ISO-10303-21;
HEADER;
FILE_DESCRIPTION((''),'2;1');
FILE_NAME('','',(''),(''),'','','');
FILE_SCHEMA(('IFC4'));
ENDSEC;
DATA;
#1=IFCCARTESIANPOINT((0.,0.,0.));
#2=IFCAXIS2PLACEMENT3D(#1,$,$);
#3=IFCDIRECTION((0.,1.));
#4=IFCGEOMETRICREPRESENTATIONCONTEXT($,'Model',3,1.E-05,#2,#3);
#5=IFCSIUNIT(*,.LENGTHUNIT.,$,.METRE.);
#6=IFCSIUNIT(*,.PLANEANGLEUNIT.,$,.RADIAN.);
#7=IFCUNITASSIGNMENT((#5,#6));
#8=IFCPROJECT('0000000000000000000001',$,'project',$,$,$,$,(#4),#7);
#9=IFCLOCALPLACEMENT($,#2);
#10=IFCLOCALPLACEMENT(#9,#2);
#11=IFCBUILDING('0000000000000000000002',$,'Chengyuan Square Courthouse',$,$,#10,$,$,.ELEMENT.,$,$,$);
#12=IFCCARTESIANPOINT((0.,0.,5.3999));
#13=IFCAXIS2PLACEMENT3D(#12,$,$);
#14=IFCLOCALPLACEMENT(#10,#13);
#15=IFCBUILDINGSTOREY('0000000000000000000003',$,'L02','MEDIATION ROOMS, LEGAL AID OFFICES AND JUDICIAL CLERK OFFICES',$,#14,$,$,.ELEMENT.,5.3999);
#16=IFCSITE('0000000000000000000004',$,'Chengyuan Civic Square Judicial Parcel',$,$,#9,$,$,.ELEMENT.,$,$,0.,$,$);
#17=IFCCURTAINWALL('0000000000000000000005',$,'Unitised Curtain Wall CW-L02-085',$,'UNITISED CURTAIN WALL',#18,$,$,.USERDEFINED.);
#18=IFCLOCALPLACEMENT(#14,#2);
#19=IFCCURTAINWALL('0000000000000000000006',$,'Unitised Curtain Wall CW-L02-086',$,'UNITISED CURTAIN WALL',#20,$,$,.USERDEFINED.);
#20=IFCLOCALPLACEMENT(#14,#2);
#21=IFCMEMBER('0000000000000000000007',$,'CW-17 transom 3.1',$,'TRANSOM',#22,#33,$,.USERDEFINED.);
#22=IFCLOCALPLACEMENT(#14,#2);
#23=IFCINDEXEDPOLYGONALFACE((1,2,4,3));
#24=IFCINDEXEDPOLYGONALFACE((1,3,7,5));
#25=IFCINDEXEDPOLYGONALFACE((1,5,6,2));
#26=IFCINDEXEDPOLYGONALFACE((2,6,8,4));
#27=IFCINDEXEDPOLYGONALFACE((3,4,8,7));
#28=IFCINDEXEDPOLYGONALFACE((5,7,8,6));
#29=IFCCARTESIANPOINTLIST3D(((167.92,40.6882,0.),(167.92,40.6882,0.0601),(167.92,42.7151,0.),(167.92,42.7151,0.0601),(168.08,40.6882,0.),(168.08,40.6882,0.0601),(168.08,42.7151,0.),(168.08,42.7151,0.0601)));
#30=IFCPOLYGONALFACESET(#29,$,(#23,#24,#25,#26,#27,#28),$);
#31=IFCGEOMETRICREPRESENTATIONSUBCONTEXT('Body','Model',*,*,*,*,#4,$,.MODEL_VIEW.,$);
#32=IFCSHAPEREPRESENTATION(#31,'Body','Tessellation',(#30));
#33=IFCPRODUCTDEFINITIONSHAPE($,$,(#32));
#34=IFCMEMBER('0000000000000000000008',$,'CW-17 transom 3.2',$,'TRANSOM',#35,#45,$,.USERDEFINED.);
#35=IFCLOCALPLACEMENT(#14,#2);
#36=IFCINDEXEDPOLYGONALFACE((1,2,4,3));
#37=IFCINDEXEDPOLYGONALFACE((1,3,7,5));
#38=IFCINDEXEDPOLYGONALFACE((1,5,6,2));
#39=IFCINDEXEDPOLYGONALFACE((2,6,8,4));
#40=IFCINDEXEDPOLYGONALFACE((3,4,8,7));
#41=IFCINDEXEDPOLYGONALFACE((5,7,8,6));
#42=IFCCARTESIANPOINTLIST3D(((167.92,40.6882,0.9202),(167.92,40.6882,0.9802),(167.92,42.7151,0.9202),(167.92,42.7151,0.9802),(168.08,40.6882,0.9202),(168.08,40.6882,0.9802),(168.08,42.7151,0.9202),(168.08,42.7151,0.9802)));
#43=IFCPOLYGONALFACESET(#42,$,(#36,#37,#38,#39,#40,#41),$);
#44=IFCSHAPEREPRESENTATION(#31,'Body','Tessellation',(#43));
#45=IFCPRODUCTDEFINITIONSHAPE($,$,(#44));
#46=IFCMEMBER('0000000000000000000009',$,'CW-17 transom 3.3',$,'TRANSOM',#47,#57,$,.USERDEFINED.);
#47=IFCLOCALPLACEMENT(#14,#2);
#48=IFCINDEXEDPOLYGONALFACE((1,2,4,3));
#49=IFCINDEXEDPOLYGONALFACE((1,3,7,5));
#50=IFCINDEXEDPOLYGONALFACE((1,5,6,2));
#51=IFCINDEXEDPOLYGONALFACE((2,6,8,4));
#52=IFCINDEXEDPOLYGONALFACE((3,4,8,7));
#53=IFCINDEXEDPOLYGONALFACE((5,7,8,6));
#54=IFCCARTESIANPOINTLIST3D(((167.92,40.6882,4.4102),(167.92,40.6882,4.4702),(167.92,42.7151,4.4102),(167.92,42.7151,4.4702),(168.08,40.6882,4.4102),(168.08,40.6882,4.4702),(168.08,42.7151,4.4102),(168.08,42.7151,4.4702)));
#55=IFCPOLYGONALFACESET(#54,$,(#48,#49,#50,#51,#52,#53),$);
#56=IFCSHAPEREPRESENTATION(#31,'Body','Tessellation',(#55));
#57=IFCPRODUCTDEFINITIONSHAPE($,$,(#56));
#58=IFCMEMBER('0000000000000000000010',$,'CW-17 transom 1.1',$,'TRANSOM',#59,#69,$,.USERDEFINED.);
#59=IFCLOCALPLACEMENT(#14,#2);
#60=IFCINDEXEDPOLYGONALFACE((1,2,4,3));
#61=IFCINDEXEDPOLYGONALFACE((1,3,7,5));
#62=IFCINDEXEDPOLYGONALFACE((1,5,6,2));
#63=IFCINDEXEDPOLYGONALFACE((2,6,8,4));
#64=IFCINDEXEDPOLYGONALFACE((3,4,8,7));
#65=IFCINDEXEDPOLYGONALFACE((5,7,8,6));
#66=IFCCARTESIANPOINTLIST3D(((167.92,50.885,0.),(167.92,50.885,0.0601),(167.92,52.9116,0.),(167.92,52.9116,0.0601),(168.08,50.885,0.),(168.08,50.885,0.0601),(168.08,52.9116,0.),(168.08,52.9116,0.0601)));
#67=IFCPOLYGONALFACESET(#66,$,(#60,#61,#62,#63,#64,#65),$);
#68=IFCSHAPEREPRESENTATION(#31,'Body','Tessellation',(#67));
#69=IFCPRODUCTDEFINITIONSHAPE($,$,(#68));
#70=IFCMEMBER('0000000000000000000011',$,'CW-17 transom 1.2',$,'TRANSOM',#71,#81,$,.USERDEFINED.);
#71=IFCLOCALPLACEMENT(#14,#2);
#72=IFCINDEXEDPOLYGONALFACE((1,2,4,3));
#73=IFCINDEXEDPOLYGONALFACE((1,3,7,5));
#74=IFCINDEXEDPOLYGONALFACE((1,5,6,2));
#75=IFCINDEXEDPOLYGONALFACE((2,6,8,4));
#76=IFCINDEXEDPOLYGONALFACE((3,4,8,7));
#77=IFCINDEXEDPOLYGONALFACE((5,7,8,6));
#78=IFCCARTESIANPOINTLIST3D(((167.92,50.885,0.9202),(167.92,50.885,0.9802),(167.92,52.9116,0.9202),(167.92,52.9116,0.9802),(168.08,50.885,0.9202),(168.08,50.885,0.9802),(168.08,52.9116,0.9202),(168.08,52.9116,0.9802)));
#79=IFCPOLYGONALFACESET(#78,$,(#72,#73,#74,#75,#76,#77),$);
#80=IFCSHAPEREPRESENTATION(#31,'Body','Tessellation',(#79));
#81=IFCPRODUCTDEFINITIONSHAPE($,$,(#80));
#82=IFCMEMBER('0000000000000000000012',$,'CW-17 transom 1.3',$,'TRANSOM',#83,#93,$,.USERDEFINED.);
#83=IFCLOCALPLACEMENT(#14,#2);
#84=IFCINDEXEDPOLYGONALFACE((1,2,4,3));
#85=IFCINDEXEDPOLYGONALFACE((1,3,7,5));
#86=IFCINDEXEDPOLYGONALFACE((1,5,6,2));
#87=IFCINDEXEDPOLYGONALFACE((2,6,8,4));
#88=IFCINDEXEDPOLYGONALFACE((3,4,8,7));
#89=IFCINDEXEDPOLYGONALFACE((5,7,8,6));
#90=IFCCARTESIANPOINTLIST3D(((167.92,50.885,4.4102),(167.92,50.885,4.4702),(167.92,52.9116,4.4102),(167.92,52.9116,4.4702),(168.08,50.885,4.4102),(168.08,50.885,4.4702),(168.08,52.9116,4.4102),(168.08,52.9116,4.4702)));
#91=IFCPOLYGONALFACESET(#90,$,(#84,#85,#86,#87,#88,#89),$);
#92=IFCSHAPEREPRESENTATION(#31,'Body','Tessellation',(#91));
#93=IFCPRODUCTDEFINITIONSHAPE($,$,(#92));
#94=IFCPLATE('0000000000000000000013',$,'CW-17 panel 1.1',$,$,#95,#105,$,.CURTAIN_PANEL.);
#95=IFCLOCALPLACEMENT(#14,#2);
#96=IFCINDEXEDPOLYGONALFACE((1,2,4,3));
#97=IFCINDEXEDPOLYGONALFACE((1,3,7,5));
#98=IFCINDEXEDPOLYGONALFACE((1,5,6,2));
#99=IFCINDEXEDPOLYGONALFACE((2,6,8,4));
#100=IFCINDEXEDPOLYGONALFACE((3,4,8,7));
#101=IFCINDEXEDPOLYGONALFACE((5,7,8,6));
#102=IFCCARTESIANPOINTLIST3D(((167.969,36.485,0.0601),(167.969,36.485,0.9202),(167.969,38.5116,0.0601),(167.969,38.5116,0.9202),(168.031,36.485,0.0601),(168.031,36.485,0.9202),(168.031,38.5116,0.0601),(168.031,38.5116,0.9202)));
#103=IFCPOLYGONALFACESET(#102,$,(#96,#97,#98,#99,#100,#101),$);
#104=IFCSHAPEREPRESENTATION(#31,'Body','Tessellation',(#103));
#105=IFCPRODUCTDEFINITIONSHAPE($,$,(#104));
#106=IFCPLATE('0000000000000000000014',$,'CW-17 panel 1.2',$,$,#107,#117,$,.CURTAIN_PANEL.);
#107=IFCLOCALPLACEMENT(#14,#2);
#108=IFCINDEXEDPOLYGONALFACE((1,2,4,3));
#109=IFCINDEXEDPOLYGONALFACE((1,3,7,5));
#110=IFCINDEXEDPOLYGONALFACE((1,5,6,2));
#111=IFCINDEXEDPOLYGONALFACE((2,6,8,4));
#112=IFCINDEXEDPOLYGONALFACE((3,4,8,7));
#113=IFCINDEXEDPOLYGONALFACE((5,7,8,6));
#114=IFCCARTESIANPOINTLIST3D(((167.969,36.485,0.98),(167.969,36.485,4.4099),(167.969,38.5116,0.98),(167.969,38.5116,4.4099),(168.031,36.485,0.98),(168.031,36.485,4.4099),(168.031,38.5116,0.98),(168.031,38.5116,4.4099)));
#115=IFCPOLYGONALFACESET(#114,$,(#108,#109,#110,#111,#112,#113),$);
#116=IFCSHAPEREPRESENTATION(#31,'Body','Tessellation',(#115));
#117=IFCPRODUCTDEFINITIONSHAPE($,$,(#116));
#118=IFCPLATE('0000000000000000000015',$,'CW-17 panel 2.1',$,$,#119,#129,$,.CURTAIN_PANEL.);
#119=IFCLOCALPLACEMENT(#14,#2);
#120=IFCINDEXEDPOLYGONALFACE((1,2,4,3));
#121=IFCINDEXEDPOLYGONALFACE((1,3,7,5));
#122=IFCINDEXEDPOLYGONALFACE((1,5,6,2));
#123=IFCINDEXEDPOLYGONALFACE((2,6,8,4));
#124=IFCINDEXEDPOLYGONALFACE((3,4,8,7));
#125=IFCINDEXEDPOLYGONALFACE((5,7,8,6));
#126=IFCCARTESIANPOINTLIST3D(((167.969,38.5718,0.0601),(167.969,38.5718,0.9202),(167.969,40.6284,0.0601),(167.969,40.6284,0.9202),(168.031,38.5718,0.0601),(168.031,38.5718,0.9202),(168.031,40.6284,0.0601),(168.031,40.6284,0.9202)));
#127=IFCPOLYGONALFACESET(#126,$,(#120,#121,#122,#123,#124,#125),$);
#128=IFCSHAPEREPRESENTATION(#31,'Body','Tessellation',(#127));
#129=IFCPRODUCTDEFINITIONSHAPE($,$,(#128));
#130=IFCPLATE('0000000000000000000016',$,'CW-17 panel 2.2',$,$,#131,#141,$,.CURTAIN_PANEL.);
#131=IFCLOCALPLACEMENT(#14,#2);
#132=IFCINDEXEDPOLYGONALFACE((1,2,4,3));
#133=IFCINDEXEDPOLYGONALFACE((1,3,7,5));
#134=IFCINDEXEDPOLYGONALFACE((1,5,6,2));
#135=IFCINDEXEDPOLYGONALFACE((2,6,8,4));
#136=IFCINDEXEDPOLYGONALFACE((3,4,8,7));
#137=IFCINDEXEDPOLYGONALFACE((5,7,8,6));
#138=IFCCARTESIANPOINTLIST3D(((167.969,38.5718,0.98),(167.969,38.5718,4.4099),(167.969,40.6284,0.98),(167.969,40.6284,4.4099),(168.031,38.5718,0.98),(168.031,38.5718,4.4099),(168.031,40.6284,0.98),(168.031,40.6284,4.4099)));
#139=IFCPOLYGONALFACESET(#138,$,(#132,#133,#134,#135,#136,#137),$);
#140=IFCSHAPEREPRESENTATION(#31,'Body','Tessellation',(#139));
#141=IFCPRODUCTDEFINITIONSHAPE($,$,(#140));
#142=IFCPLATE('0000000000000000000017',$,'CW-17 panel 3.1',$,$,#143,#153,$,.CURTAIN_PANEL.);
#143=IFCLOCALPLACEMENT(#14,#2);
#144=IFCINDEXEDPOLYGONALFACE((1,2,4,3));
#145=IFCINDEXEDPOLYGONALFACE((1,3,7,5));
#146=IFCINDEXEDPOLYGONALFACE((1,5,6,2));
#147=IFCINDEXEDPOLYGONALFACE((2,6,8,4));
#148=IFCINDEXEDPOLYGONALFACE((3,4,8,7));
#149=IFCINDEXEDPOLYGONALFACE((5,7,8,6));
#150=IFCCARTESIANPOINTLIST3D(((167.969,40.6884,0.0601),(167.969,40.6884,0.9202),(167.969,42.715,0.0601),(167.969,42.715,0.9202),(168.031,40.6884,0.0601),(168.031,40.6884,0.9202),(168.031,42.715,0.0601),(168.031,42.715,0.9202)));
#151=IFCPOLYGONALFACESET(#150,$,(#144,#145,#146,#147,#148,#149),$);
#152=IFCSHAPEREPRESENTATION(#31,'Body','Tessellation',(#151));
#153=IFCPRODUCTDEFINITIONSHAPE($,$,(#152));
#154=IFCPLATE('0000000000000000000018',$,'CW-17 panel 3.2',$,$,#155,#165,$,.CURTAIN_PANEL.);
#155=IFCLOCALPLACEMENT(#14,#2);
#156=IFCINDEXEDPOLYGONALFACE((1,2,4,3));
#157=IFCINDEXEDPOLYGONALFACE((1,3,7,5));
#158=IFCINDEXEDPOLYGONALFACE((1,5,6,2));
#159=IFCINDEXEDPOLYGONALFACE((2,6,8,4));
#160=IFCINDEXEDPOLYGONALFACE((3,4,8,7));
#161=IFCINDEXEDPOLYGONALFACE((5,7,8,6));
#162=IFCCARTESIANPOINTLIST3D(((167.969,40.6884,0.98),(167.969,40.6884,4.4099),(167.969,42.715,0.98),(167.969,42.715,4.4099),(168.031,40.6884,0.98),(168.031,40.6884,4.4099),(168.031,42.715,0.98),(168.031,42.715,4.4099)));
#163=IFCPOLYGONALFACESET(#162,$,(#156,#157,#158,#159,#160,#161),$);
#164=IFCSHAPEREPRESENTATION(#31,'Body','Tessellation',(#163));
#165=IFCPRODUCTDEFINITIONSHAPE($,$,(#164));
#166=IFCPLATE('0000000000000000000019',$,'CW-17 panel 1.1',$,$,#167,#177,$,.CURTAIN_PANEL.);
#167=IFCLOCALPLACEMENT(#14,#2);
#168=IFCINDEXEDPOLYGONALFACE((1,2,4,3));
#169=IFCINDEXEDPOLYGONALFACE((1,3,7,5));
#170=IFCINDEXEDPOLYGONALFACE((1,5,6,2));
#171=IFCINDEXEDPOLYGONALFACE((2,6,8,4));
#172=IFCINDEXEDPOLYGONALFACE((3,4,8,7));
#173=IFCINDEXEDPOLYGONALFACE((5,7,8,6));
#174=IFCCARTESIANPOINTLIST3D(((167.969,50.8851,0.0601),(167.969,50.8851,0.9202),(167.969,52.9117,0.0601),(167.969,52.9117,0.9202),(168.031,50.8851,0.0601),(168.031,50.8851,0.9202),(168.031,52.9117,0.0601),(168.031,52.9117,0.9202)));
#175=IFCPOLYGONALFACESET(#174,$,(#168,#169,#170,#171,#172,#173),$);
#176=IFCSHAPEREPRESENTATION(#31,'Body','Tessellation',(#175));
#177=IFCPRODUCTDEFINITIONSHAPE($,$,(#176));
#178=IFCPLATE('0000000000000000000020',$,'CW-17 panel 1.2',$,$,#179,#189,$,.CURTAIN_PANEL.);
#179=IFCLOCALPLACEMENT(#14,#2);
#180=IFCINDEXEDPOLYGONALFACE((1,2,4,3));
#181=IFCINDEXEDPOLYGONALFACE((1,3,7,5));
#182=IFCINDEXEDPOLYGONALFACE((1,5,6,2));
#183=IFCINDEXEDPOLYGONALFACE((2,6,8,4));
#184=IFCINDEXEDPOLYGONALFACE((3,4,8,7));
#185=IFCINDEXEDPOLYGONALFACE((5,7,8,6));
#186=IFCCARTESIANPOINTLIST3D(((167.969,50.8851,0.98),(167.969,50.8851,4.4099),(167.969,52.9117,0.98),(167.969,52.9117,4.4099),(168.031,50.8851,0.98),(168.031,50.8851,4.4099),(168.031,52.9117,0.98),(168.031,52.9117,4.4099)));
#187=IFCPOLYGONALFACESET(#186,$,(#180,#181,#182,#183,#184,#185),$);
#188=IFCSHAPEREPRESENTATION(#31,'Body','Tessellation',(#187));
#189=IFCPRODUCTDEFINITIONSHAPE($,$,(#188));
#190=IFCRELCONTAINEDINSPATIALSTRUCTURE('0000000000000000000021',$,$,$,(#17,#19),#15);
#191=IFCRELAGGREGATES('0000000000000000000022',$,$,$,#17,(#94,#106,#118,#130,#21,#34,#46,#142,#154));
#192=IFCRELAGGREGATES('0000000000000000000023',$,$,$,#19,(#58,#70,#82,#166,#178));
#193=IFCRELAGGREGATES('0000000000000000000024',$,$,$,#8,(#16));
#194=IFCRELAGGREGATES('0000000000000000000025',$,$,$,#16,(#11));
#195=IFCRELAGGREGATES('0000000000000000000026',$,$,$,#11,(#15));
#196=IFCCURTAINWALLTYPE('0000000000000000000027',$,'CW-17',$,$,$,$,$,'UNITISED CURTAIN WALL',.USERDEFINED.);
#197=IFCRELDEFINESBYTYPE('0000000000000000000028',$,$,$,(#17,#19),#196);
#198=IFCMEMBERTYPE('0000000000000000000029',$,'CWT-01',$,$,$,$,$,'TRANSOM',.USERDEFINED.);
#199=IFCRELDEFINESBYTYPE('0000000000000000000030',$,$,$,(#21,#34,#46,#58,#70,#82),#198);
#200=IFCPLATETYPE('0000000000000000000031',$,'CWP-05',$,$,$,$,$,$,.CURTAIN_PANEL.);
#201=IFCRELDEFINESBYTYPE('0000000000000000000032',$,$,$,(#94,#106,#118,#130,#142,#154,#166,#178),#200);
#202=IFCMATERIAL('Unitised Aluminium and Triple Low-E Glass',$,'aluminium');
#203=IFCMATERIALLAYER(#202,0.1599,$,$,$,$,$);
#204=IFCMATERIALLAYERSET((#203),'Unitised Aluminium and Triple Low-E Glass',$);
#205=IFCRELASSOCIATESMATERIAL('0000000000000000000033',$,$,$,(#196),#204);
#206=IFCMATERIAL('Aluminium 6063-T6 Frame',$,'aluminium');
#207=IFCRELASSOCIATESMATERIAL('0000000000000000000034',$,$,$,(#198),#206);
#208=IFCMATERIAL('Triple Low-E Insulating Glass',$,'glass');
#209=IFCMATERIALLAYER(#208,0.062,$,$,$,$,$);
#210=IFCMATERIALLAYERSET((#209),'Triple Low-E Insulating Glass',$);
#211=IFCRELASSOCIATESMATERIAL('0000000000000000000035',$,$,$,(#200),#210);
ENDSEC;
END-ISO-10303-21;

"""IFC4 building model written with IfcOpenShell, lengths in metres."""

from ifc_helpers import new_model, si_unit, direction, frame, origin, origin_2d, place, context, subcontext, project, spatial, rectangle, extrude, material, layer, layer_set, material_profile, profile_set, type_object, element, aggregate, save


model = new_model("IFC4")

# Units and contexts
model_context = context("Model", 3, precision=1e-05, world=origin(), true_north=direction((0.0, 1.0)))
body_context = subcontext(model_context, "Body", "Model", "MODEL_VIEW")
ifc_project = project(units=[si_unit("LENGTHUNIT", "METRE"), si_unit("PLANEANGLEUNIT", "RADIAN")], contexts=[model_context])

# Site, building, storey
site_placement = place(None, origin())
site = spatial("IfcSite", under=ifc_project, at=site_placement, Name="Chengyuan Civic Square Judicial Parcel", CompositionType="ELEMENT", RefElevation=0.0)
building_placement = place(site_placement, origin())
building = spatial("IfcBuilding", under=site, at=building_placement, Name="Chengyuan Square Courthouse", CompositionType="ELEMENT")
storey_placement = place(building_placement, frame((0.0, 0.0, 5.3999)))
storey = spatial("IfcBuildingStorey", under=building, at=storey_placement, Name="L02", Description="MEDIATION ROOMS, LEGAL AID OFFICES AND JUDICIAL CLERK OFFICES", CompositionType="ELEMENT", Elevation=5.3999)

# Curtain wall
ifc_material_1 = material(Name="Unitised Aluminium and Triple Low-E Glass", Category="aluminium")
ifc_layer_1 = layer(ifc_material_1, 0.1599)
ifc_layer_set_1 = layer_set([ifc_layer_1], Name="Unitised Aluminium and Triple Low-E Glass")
curtain_wall_type = type_object("IfcCurtainWallType", Name="CW-17", ElementType="UNITISED CURTAIN WALL", PredefinedType="USERDEFINED", material=ifc_layer_set_1)
curtain_wall_1_placement = place(storey_placement, origin())
curtain_wall_1 = element("IfcCurtainWall", 1, at=curtain_wall_1_placement, inside=storey, type_object=curtain_wall_type, Name="Unitised Curtain Wall CW-L02-085", ObjectType="UNITISED CURTAIN WALL", PredefinedType="USERDEFINED")
ifc_material_2 = material(Name="Aluminium 6063-T6 Frame", Category="aluminium")

# Curtain wall
curtain_wall_2_placement = place(storey_placement, origin())
curtain_wall_2 = element("IfcCurtainWall", 2, at=curtain_wall_2_placement, inside=storey, type_object=curtain_wall_type, Name="Unitised Curtain Wall CW-L02-086", ObjectType="UNITISED CURTAIN WALL", PredefinedType="USERDEFINED")

# Members
ifc_material_profile_1 = material_profile(ifc_material_2, rectangle(XDim=0.1599, YDim=0.0601, at=origin_2d()), Name="CW-TRN-60x120")
ifc_profile_set_1 = profile_set([ifc_material_profile_1], Name="Aluminium 6063-T6 Frame")
member_type_1 = type_object("IfcMemberType", Name="CWT-01", ElementType="TRANSOM", PredefinedType="USERDEFINED", material=ifc_profile_set_1)
member_1_placement = place(storey_placement, frame((168.0, 40.6882, 0.03), z_axis=(0.0, 1.0, 0.0), x_axis=(-1.0, 0.0, 0.0)))
member_1 = element("IfcMember", 3, at=member_1_placement, type_object=member_type_1, Name="CW-17 transom 3.1", ObjectType="TRANSOM", PredefinedType="USERDEFINED", context=body_context, shape_type="SweptSolid", body=[
    extrude(rectangle(XDim=0.1599, YDim=0.0601, at=origin_2d()), origin(), (0.0, 0.0, 1.0), 2.0269),
])
member_2_placement = place(storey_placement, frame((168.0, 40.6882, 0.9502), z_axis=(0.0, 1.0, 0.0), x_axis=(-1.0, 0.0, 0.0)))
member_2 = element("IfcMember", 4, at=member_2_placement, type_object=member_type_1, Name="CW-17 transom 3.2", ObjectType="TRANSOM", PredefinedType="USERDEFINED", context=body_context, shape_type="SweptSolid", body=[
    extrude(rectangle(XDim=0.1599, YDim=0.0601, at=origin_2d()), origin(), (0.0, 0.0, 1.0), 2.0269),
])
member_3_placement = place(storey_placement, frame((168.0, 40.6882, 4.4402), z_axis=(0.0, 1.0, 0.0), x_axis=(-1.0, 0.0, 0.0)))
member_3 = element("IfcMember", 5, at=member_3_placement, type_object=member_type_1, Name="CW-17 transom 3.3", ObjectType="TRANSOM", PredefinedType="USERDEFINED", context=body_context, shape_type="SweptSolid", body=[
    extrude(rectangle(XDim=0.1599, YDim=0.0601, at=origin_2d()), origin(), (0.0, 0.0, 1.0), 2.0269),
])
member_4_placement = place(storey_placement, frame((168.0, 50.885, 0.03), z_axis=(0.0, 1.0, 0.0), x_axis=(-1.0, 0.0, 0.0)))
member_4 = element("IfcMember", 6, at=member_4_placement, type_object=member_type_1, Name="CW-17 transom 1.1", ObjectType="TRANSOM", PredefinedType="USERDEFINED", context=body_context, shape_type="SweptSolid", body=[
    extrude(rectangle(XDim=0.1599, YDim=0.0601, at=origin_2d()), origin(), (0.0, 0.0, 1.0), 2.0266),
])
member_5_placement = place(storey_placement, frame((168.0, 50.885, 0.9502), z_axis=(0.0, 1.0, 0.0), x_axis=(-1.0, 0.0, 0.0)))
member_5 = element("IfcMember", 7, at=member_5_placement, type_object=member_type_1, Name="CW-17 transom 1.2", ObjectType="TRANSOM", PredefinedType="USERDEFINED", context=body_context, shape_type="SweptSolid", body=[
    extrude(rectangle(XDim=0.1599, YDim=0.0601, at=origin_2d()), origin(), (0.0, 0.0, 1.0), 2.0266),
])
member_6_placement = place(storey_placement, frame((168.0, 50.885, 4.4402), z_axis=(0.0, 1.0, 0.0), x_axis=(-1.0, 0.0, 0.0)))
member_6 = element("IfcMember", 8, at=member_6_placement, type_object=member_type_1, Name="CW-17 transom 1.3", ObjectType="TRANSOM", PredefinedType="USERDEFINED", context=body_context, shape_type="SweptSolid", body=[
    extrude(rectangle(XDim=0.1599, YDim=0.0601, at=origin_2d()), origin(), (0.0, 0.0, 1.0), 2.0266),
])

# Plates
ifc_material_3 = material(Name="Triple Low-E Insulating Glass", Category="glass")
ifc_layer_2 = layer(ifc_material_3, 0.062)
ifc_layer_set_2 = layer_set([ifc_layer_2], Name="Triple Low-E Insulating Glass")
plate_type = type_object("IfcPlateType", Name="CWP-05", PredefinedType="CURTAIN_PANEL", material=ifc_layer_set_2)
plate_1_placement = place(storey_placement, frame((168.0, 37.4983, 0.0601), z_axis=(0.0, 0.0, 1.0), x_axis=(0.0, 1.0, 0.0)))
plate_1 = element("IfcPlate", 9, at=plate_1_placement, type_object=plate_type, Name="CW-17 panel 1.1", PredefinedType="CURTAIN_PANEL", context=body_context, shape_type="SweptSolid", body=[
    extrude(rectangle(XDim=2.0266, YDim=0.062, at=origin_2d()), origin(), (0.0, 0.0, 1.0), 0.8601),
])
plate_2_placement = place(storey_placement, frame((168.0, 37.4983, 0.98), z_axis=(0.0, 0.0, 1.0), x_axis=(0.0, 1.0, 0.0)))
plate_2 = element("IfcPlate", 10, at=plate_2_placement, type_object=plate_type, Name="CW-17 panel 1.2", PredefinedType="CURTAIN_PANEL", context=body_context, shape_type="SweptSolid", body=[
    extrude(rectangle(XDim=2.0266, YDim=0.062, at=origin_2d()), origin(), (0.0, 0.0, 1.0), 3.4299),
])
plate_3_placement = place(storey_placement, frame((168.0, 39.6001, 0.0601), z_axis=(0.0, 0.0, 1.0), x_axis=(0.0, 1.0, 0.0)))
plate_3 = element("IfcPlate", 11, at=plate_3_placement, type_object=plate_type, Name="CW-17 panel 2.1", PredefinedType="CURTAIN_PANEL", context=body_context, shape_type="SweptSolid", body=[
    extrude(rectangle(XDim=2.0566, YDim=0.062, at=origin_2d()), origin(), (0.0, 0.0, 1.0), 0.8601),
])
plate_4_placement = place(storey_placement, frame((168.0, 39.6001, 0.98), z_axis=(0.0, 0.0, 1.0), x_axis=(0.0, 1.0, 0.0)))
plate_4 = element("IfcPlate", 12, at=plate_4_placement, type_object=plate_type, Name="CW-17 panel 2.2", PredefinedType="CURTAIN_PANEL", context=body_context, shape_type="SweptSolid", body=[
    extrude(rectangle(XDim=2.0566, YDim=0.062, at=origin_2d()), origin(), (0.0, 0.0, 1.0), 3.4299),
])
plate_5_placement = place(storey_placement, frame((168.0, 41.7017, 0.0601), z_axis=(0.0, 0.0, 1.0), x_axis=(0.0, 1.0, 0.0)))
plate_5 = element("IfcPlate", 13, at=plate_5_placement, type_object=plate_type, Name="CW-17 panel 3.1", PredefinedType="CURTAIN_PANEL", context=body_context, shape_type="SweptSolid", body=[
    extrude(rectangle(XDim=2.0266, YDim=0.062, at=origin_2d()), origin(), (0.0, 0.0, 1.0), 0.8601),
])
plate_6_placement = place(storey_placement, frame((168.0, 41.7017, 0.98), z_axis=(0.0, 0.0, 1.0), x_axis=(0.0, 1.0, 0.0)))
plate_6 = element("IfcPlate", 14, at=plate_6_placement, type_object=plate_type, Name="CW-17 panel 3.2", PredefinedType="CURTAIN_PANEL", context=body_context, shape_type="SweptSolid", body=[
    extrude(rectangle(XDim=2.0266, YDim=0.062, at=origin_2d()), origin(), (0.0, 0.0, 1.0), 3.4299),
])
aggregate(curtain_wall_1, [plate_1, plate_2, plate_3, plate_4, member_1, member_2, member_3, plate_5, plate_6])
plate_7_placement = place(storey_placement, frame((168.0, 51.8984, 0.0601), z_axis=(0.0, 0.0, 1.0), x_axis=(0.0, 1.0, 0.0)))
plate_7 = element("IfcPlate", 15, at=plate_7_placement, type_object=plate_type, Name="CW-17 panel 1.1", PredefinedType="CURTAIN_PANEL", context=body_context, shape_type="SweptSolid", body=[
    extrude(rectangle(XDim=2.0266, YDim=0.062, at=origin_2d()), origin(), (0.0, 0.0, 1.0), 0.8601),
])
plate_8_placement = place(storey_placement, frame((168.0, 51.8984, 0.98), z_axis=(0.0, 0.0, 1.0), x_axis=(0.0, 1.0, 0.0)))
plate_8 = element("IfcPlate", 16, at=plate_8_placement, type_object=plate_type, Name="CW-17 panel 1.2", PredefinedType="CURTAIN_PANEL", context=body_context, shape_type="SweptSolid", body=[
    extrude(rectangle(XDim=2.0266, YDim=0.062, at=origin_2d()), origin(), (0.0, 0.0, 1.0), 3.4299),
])
aggregate(curtain_wall_2, [member_4, member_5, member_6, plate_7, plate_8])

save(model, "model.ifc")
